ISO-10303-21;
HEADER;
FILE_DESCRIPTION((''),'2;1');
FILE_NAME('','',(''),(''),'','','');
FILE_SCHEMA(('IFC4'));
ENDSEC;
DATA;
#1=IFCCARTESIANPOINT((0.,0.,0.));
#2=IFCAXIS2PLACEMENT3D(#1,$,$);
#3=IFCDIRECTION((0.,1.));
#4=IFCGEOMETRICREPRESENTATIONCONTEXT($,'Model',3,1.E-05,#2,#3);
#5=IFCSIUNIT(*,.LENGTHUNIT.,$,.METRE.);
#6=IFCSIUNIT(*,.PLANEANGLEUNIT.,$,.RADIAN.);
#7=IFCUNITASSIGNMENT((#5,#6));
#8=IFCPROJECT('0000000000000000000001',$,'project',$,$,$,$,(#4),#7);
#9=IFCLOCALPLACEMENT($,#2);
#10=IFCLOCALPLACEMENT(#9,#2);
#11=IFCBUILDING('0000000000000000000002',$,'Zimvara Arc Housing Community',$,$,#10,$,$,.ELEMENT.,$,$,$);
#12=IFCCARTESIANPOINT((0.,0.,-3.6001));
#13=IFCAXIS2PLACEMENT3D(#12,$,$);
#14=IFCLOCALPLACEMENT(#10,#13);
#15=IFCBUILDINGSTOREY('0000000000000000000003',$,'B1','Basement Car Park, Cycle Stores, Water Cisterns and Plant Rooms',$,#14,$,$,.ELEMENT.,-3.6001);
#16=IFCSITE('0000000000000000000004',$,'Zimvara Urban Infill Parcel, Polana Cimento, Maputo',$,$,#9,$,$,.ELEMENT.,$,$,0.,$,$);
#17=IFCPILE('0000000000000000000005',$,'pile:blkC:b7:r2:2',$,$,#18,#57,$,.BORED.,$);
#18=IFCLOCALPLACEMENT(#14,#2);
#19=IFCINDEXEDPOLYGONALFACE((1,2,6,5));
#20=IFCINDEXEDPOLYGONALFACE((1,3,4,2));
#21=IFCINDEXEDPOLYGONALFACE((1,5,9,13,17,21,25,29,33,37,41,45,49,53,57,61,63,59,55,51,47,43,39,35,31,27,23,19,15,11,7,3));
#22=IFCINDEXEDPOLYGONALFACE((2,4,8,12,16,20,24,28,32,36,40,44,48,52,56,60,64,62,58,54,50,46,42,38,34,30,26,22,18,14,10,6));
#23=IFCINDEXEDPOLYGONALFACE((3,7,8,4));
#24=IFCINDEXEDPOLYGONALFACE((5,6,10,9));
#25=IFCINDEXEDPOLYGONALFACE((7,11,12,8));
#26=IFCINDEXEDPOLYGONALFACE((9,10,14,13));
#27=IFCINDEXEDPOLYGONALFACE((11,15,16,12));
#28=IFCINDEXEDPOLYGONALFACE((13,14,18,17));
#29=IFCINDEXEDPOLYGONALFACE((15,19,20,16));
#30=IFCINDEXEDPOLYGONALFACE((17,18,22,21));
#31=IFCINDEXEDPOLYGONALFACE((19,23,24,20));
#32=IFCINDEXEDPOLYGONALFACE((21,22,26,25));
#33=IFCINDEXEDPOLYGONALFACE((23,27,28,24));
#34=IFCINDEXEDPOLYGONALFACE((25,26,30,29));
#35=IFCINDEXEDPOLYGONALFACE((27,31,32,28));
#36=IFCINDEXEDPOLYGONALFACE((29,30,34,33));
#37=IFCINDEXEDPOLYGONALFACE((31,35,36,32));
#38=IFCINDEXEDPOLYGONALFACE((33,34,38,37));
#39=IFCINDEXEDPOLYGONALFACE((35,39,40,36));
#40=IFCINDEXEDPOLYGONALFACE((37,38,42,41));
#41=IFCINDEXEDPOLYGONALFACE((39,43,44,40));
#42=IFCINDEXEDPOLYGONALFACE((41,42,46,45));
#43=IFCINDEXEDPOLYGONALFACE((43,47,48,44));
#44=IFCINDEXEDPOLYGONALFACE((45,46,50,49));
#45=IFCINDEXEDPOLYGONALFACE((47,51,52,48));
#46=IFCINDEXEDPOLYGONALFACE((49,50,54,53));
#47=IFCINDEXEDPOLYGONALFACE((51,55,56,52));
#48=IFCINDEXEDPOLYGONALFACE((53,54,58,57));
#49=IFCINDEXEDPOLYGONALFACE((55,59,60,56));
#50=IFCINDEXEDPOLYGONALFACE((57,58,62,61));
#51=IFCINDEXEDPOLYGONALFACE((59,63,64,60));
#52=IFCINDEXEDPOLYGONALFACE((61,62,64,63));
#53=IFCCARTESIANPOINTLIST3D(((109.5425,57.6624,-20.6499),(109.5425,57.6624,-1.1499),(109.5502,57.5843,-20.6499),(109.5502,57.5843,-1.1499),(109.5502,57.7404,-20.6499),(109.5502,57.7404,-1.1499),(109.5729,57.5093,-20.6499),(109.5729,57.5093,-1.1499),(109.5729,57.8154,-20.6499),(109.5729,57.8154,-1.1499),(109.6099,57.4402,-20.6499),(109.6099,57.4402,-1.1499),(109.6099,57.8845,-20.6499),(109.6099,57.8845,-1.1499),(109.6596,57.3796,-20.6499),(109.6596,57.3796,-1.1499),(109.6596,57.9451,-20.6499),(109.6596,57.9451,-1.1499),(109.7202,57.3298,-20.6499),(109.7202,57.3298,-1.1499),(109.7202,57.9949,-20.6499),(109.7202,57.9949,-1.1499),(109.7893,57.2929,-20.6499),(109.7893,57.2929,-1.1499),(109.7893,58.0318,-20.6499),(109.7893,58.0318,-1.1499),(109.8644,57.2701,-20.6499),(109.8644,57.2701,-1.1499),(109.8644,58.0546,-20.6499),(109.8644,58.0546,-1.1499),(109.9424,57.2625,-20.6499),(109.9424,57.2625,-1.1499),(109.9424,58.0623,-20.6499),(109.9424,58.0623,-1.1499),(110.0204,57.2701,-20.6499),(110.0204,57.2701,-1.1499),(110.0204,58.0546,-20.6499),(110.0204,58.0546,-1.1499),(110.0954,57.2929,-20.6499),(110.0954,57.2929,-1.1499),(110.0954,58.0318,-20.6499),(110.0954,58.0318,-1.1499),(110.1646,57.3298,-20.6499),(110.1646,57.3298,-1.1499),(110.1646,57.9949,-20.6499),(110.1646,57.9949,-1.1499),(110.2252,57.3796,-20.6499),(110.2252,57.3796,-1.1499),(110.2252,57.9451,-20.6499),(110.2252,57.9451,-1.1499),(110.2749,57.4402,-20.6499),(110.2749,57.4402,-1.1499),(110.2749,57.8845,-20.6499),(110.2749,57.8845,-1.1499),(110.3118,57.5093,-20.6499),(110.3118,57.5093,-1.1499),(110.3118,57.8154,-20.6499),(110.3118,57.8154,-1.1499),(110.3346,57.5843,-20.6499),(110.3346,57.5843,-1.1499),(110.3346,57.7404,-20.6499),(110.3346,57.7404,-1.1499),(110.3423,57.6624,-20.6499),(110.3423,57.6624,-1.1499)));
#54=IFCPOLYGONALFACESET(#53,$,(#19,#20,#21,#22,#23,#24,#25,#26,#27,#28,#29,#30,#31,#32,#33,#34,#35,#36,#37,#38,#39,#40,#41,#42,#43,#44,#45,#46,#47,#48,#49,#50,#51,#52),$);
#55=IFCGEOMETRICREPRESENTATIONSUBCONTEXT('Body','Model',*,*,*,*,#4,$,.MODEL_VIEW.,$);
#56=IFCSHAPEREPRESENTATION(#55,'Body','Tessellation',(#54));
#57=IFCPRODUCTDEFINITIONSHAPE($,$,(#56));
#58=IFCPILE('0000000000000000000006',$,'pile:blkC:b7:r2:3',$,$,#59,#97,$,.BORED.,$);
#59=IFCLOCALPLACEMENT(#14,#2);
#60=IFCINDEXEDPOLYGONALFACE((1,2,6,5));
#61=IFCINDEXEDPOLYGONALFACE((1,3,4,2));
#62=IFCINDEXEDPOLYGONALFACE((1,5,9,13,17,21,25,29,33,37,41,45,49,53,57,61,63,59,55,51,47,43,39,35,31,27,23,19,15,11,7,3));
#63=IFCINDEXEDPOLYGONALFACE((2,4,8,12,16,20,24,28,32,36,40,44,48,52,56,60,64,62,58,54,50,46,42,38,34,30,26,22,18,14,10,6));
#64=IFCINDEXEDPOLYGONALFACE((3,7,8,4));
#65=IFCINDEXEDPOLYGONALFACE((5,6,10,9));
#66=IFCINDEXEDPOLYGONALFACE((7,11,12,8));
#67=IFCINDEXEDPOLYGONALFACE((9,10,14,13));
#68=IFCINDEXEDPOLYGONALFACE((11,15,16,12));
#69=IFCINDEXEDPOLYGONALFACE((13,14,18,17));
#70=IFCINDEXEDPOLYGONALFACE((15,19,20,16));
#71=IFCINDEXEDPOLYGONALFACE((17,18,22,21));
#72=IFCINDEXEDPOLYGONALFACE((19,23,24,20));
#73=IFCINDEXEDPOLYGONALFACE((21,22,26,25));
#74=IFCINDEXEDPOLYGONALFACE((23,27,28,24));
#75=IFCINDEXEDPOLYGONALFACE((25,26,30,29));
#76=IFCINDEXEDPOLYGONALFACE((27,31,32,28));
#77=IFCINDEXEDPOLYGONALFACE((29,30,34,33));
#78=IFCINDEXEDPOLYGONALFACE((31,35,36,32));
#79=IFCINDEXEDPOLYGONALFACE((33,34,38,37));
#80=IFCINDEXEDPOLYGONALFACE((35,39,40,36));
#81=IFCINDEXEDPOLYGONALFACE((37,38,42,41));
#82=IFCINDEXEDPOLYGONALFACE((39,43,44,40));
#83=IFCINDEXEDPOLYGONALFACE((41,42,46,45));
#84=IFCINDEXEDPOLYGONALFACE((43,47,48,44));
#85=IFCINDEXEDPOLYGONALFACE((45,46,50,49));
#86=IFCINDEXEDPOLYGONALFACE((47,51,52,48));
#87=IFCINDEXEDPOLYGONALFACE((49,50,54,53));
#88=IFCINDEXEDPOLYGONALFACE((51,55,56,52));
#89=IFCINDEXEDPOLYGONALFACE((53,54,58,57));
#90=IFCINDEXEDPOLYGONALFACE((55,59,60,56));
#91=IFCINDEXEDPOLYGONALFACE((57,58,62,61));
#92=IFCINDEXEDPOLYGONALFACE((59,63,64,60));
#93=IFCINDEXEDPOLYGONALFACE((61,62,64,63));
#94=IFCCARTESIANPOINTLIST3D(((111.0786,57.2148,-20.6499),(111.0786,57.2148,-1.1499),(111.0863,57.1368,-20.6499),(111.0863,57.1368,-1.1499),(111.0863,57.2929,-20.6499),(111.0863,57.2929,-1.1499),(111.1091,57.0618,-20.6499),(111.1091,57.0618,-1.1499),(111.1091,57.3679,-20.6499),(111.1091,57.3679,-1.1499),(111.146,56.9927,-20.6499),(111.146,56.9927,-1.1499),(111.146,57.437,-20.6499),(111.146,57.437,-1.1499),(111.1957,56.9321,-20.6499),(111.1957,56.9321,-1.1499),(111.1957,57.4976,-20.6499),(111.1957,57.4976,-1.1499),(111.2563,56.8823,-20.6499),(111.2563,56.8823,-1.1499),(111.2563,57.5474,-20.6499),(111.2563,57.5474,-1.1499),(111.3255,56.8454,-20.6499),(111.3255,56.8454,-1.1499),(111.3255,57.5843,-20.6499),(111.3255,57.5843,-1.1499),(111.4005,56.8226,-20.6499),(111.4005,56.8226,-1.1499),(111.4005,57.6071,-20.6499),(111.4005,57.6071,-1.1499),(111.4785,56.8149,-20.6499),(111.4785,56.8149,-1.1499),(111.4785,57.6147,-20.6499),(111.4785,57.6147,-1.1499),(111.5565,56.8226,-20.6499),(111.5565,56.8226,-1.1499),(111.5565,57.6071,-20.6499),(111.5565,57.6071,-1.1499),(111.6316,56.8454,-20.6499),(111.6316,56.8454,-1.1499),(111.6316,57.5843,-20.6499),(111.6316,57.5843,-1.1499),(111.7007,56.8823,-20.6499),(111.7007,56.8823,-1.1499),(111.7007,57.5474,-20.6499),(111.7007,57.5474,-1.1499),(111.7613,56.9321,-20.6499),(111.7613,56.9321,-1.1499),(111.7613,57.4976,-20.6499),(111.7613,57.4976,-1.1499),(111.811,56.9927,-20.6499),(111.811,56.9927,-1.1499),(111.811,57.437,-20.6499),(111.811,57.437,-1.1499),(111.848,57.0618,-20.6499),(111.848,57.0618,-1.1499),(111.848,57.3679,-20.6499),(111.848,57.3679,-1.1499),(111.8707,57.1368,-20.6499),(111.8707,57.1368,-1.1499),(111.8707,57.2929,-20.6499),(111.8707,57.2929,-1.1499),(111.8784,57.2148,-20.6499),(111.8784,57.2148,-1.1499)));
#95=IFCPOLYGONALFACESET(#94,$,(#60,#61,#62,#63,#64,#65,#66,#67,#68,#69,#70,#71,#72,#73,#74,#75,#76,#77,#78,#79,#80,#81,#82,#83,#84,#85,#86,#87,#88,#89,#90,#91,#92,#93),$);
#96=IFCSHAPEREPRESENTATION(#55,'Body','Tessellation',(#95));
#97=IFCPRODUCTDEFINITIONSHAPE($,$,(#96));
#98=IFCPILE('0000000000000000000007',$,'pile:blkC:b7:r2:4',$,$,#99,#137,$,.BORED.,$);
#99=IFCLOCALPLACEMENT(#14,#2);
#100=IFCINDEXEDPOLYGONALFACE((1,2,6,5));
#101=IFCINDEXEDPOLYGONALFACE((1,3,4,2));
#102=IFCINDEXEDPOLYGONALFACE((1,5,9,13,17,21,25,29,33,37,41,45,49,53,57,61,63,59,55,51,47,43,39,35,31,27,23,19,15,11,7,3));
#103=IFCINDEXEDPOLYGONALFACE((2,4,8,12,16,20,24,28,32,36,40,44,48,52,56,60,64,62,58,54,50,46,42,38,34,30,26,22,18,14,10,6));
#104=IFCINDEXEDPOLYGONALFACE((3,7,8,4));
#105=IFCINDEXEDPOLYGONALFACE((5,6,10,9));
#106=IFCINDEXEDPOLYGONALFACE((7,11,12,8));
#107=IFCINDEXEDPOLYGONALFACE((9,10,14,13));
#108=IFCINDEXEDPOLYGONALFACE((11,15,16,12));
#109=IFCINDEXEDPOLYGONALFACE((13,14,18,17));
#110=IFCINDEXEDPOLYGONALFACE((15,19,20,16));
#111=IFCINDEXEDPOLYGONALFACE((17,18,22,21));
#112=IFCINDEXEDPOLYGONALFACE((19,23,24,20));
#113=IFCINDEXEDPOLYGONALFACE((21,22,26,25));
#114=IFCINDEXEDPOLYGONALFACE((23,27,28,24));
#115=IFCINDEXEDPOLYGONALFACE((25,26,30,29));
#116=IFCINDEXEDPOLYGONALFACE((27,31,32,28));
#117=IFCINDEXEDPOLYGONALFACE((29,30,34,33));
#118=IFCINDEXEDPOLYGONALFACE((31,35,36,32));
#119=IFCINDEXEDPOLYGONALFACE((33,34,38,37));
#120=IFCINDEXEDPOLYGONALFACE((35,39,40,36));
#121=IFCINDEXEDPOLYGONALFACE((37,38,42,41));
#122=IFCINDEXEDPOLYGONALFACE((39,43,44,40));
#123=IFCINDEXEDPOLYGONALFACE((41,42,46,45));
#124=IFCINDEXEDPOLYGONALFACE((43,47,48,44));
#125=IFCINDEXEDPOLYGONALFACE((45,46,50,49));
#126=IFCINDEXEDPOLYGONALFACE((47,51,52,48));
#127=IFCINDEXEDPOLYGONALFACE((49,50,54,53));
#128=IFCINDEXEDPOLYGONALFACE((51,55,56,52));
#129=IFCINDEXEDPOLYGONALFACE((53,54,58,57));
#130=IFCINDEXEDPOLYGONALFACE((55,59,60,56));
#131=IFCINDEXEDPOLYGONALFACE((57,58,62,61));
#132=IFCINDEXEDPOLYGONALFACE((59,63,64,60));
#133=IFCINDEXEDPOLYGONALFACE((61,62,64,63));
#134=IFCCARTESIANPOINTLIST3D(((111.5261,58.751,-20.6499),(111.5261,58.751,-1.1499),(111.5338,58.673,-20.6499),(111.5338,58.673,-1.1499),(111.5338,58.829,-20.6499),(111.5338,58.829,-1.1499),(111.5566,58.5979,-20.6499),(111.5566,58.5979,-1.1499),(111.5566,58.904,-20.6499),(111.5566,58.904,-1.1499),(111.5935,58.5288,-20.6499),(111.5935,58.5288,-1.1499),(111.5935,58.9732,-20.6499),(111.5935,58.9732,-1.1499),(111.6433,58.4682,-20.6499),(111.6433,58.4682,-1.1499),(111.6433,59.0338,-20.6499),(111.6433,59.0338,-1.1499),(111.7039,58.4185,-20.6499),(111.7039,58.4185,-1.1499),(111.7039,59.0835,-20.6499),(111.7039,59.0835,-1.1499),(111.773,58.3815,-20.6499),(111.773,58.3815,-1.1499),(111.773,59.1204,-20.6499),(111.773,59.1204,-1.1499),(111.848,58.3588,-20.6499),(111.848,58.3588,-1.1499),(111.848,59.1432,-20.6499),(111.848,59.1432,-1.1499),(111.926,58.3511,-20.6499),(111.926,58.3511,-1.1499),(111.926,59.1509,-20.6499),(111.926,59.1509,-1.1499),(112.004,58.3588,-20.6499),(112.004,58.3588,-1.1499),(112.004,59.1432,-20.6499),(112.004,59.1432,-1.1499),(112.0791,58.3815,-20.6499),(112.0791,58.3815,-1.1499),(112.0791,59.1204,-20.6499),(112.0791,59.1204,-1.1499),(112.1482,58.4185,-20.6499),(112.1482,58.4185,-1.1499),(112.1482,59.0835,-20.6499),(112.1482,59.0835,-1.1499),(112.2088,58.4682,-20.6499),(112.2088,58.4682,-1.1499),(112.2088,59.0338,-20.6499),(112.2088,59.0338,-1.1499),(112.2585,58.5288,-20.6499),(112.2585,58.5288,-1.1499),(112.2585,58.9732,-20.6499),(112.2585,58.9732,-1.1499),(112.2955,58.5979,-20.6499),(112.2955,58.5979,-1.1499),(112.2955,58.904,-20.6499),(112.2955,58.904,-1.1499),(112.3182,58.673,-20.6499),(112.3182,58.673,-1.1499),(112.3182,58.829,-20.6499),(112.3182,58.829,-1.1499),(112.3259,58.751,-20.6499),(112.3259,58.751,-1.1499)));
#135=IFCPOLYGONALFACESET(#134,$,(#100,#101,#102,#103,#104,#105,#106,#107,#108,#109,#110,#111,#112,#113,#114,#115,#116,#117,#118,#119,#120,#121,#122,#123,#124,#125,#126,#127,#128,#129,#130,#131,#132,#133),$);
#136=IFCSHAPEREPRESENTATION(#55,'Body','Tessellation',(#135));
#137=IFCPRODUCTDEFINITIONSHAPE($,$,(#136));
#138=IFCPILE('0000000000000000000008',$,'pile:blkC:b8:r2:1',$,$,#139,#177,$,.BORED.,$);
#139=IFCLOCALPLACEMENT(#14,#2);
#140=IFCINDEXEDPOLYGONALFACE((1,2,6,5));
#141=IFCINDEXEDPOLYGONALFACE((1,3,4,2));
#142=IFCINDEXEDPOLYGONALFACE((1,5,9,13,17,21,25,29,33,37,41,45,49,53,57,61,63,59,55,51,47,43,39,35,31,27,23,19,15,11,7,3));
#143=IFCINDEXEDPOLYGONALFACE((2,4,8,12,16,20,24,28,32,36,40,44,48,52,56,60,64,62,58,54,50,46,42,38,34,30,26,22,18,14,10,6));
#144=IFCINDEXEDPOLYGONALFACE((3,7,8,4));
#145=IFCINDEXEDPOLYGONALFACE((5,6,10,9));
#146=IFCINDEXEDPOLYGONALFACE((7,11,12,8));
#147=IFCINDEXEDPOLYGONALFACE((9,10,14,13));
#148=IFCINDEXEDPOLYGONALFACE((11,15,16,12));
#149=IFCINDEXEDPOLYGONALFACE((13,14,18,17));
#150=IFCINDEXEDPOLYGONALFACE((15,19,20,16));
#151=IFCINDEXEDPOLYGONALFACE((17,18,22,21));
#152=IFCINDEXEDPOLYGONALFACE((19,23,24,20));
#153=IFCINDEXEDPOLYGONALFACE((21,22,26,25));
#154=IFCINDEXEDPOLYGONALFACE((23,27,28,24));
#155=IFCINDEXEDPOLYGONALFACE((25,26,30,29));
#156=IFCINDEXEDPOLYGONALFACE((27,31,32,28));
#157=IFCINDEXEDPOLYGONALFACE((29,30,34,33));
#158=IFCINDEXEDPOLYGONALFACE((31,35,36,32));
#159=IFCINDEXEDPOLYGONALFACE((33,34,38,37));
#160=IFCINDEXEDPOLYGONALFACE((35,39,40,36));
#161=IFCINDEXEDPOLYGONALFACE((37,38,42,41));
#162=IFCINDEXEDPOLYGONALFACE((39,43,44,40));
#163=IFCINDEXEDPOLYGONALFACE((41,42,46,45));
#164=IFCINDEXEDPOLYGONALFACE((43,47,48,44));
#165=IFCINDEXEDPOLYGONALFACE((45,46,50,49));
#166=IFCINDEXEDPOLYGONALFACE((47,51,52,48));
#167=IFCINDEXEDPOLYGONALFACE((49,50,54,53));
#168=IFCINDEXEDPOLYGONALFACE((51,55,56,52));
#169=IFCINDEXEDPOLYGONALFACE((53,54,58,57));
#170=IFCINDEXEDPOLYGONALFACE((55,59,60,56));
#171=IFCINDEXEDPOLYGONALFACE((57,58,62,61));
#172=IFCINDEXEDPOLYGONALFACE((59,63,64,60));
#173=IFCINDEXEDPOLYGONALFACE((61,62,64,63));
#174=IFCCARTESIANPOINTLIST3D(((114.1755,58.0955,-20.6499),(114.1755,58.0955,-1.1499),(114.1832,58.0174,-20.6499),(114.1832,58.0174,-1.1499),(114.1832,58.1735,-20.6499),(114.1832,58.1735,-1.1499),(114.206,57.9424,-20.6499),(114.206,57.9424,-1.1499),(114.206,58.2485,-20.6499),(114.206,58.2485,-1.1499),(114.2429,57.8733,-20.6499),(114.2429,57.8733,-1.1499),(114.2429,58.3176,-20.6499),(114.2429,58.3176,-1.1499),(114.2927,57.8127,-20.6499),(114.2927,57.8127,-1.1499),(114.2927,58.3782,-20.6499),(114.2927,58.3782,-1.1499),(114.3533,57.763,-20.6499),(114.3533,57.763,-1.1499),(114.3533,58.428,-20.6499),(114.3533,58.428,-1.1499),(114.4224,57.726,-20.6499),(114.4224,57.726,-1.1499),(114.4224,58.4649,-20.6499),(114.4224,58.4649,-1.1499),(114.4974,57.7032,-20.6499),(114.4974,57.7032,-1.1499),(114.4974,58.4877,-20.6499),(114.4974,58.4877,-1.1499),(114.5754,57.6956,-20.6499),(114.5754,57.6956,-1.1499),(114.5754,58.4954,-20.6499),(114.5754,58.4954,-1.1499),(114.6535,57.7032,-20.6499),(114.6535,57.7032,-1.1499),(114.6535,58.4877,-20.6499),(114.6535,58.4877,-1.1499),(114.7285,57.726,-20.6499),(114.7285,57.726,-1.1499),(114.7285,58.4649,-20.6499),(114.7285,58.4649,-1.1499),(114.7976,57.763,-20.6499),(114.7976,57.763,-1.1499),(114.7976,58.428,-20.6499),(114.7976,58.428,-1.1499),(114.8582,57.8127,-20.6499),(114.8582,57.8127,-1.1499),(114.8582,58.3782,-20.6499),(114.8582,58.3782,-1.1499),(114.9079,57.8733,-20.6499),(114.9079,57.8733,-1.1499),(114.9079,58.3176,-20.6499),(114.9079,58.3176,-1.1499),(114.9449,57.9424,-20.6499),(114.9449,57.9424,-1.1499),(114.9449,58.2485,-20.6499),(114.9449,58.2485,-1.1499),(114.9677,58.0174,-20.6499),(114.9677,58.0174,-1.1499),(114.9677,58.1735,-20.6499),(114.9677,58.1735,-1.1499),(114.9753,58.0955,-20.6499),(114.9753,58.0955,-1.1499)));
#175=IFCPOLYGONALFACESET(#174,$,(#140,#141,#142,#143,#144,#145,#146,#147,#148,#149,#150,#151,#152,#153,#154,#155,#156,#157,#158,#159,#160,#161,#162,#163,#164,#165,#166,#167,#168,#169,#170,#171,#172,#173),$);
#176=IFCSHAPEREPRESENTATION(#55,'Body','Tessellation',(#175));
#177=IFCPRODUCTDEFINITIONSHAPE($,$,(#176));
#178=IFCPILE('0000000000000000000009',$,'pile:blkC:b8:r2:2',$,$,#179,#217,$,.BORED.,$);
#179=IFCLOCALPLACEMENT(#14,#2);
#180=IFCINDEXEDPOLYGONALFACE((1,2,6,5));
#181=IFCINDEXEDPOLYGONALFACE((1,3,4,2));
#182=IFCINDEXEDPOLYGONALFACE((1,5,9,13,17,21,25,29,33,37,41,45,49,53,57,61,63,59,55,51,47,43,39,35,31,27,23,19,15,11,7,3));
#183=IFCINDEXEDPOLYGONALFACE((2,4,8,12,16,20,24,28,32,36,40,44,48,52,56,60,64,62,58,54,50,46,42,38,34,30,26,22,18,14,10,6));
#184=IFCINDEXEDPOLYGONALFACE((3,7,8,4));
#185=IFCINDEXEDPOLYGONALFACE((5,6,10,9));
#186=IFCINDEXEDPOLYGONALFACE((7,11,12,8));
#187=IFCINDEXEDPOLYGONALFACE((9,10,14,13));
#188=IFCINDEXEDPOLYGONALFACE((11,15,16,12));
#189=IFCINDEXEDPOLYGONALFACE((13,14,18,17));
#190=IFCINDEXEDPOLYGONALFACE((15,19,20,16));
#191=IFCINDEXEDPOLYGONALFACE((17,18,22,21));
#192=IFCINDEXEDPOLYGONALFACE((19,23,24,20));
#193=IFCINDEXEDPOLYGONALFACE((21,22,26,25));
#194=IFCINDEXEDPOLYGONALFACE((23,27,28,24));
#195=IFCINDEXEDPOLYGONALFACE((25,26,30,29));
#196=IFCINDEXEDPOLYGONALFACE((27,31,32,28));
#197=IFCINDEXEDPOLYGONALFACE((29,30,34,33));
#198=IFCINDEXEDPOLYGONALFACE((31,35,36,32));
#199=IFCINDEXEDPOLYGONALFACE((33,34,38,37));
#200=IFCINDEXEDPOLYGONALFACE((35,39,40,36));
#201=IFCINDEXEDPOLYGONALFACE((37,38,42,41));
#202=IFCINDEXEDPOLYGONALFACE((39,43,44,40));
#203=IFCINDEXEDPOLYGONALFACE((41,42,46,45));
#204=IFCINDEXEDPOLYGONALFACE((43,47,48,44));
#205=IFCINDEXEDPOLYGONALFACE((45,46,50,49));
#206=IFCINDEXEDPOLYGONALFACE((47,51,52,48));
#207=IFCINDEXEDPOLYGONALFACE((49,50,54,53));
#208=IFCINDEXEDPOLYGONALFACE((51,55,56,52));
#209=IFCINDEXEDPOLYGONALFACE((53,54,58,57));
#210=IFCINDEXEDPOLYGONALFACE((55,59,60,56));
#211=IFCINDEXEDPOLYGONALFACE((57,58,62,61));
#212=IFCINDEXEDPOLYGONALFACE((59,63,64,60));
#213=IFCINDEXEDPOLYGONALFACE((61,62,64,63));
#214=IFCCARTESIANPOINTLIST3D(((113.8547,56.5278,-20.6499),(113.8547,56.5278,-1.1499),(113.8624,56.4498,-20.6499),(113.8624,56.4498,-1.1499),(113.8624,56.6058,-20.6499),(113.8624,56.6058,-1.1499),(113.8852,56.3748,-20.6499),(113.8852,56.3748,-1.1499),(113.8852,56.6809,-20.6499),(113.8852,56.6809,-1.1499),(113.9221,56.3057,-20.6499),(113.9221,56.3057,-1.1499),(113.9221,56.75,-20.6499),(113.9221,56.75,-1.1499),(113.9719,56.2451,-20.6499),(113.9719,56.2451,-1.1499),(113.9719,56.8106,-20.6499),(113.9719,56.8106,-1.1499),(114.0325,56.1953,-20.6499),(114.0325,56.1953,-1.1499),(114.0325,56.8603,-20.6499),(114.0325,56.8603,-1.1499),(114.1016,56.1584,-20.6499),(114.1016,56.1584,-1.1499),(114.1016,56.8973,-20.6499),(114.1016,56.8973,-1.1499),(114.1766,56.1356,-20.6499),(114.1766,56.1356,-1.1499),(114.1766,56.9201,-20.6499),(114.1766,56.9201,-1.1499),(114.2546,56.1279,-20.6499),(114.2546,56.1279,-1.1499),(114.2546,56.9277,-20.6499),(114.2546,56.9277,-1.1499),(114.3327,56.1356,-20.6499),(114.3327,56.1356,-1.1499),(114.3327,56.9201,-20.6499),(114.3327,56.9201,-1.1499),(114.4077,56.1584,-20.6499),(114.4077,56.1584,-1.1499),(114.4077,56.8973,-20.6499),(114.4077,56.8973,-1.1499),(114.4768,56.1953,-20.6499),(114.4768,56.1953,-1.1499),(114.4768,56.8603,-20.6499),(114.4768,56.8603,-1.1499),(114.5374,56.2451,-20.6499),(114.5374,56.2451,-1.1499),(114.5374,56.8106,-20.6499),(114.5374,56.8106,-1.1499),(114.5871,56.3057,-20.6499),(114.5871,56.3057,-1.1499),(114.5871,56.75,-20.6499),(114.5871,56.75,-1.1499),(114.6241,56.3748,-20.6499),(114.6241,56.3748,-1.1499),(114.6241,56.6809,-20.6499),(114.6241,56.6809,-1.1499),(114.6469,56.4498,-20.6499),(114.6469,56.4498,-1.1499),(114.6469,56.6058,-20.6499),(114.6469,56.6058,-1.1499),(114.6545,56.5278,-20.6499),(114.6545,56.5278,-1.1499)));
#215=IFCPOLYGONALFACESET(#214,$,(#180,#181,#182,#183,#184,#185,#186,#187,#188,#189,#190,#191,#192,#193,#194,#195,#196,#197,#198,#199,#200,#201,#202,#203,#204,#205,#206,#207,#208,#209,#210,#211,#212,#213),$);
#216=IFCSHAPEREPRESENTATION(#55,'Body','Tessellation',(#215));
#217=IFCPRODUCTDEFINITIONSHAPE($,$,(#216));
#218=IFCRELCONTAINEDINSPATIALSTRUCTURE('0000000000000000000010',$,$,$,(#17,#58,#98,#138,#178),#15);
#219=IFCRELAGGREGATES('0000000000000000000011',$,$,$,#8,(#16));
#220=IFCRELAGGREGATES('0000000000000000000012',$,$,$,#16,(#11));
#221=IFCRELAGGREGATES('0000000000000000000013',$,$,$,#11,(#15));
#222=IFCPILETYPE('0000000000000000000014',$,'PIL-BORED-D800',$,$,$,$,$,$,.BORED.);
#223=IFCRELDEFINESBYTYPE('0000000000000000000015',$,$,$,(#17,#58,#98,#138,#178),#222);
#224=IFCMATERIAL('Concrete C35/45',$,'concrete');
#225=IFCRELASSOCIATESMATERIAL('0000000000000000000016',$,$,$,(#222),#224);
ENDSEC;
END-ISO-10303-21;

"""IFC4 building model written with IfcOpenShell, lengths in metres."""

from ifc_helpers import new_model, si_unit, direction, frame, origin, origin_2d, place, context, subcontext, project, spatial, circle, extrude, material, material_profile, profile_set, type_object, element, save


model = new_model("IFC4")

# Units and contexts
model_context = context("Model", 3, precision=1e-05, world=origin(), true_north=direction((0.0, 1.0)))
body_context = subcontext(model_context, "Body", "Model", "MODEL_VIEW")
ifc_project = project(units=[si_unit("LENGTHUNIT", "METRE"), si_unit("PLANEANGLEUNIT", "RADIAN")], contexts=[model_context])

# Site, building, storey
site_placement = place(None, origin())
site = spatial("IfcSite", under=ifc_project, at=site_placement, Name="Zimvara Urban Infill Parcel, Polana Cimento, Maputo", CompositionType="ELEMENT", RefElevation=0.0)
building_placement = place(site_placement, origin())
building = spatial("IfcBuilding", under=site, at=building_placement, Name="Zimvara Arc Housing Community", CompositionType="ELEMENT")
storey_placement = place(building_placement, frame((0.0, 0.0, -3.6001)))
storey = spatial("IfcBuildingStorey", under=building, at=storey_placement, Name="B1", Description="Basement Car Park, Cycle Stores, Water Cisterns and Plant Rooms", CompositionType="ELEMENT", Elevation=-3.6001)

# Piles
ifc_material_1 = material(Name="Concrete C35/45", Category="concrete")
ifc_material_profile_1 = material_profile(ifc_material_1, circle(Radius=0.3999, at=origin_2d()), Name="PILE D800")
ifc_profile_set_1 = profile_set([ifc_material_profile_1], Name="Concrete C35/45")
pile_type = type_object("IfcPileType", Name="PIL-BORED-D800", PredefinedType="BORED", material=ifc_profile_set_1)
for number, where, z_axis, x_axis, name in (
    (1, (109.9424, 57.6624, -1.1499), (0.0, 0.0, -1.0), (1.0, 0.0, 0.0), "pile:blkC:b7:r2:2"),
    (2, (111.4785, 57.2148, -1.1499), (0.0, 0.0, -1.0), (1.0, 0.0, 0.0), "pile:blkC:b7:r2:3"),
    (3, (111.926, 58.751, -1.1499), (0.0, 0.0, -1.0), (1.0, 0.0, 0.0), "pile:blkC:b7:r2:4"),
    (4, (114.5754, 58.0955, -1.1499), (0.0, 0.0, -1.0), (1.0, 0.0, 0.0), "pile:blkC:b8:r2:1"),
    (5, (114.2546, 56.5278, -1.1499), (0.0, 0.0, -1.0), (1.0, 0.0, 0.0), "pile:blkC:b8:r2:2"),
):
    element("IfcPile", number, at=place(storey_placement, frame(where, z_axis=z_axis, x_axis=x_axis)), inside=storey, type_object=pile_type, Name=name, PredefinedType="BORED", context=body_context, shape_type="SweptSolid", body=[
        extrude(circle(Radius=0.3999, at=origin_2d()), origin(), (0.0, 0.0, 1.0), 19.5),
    ])

save(model, "model.ifc")
